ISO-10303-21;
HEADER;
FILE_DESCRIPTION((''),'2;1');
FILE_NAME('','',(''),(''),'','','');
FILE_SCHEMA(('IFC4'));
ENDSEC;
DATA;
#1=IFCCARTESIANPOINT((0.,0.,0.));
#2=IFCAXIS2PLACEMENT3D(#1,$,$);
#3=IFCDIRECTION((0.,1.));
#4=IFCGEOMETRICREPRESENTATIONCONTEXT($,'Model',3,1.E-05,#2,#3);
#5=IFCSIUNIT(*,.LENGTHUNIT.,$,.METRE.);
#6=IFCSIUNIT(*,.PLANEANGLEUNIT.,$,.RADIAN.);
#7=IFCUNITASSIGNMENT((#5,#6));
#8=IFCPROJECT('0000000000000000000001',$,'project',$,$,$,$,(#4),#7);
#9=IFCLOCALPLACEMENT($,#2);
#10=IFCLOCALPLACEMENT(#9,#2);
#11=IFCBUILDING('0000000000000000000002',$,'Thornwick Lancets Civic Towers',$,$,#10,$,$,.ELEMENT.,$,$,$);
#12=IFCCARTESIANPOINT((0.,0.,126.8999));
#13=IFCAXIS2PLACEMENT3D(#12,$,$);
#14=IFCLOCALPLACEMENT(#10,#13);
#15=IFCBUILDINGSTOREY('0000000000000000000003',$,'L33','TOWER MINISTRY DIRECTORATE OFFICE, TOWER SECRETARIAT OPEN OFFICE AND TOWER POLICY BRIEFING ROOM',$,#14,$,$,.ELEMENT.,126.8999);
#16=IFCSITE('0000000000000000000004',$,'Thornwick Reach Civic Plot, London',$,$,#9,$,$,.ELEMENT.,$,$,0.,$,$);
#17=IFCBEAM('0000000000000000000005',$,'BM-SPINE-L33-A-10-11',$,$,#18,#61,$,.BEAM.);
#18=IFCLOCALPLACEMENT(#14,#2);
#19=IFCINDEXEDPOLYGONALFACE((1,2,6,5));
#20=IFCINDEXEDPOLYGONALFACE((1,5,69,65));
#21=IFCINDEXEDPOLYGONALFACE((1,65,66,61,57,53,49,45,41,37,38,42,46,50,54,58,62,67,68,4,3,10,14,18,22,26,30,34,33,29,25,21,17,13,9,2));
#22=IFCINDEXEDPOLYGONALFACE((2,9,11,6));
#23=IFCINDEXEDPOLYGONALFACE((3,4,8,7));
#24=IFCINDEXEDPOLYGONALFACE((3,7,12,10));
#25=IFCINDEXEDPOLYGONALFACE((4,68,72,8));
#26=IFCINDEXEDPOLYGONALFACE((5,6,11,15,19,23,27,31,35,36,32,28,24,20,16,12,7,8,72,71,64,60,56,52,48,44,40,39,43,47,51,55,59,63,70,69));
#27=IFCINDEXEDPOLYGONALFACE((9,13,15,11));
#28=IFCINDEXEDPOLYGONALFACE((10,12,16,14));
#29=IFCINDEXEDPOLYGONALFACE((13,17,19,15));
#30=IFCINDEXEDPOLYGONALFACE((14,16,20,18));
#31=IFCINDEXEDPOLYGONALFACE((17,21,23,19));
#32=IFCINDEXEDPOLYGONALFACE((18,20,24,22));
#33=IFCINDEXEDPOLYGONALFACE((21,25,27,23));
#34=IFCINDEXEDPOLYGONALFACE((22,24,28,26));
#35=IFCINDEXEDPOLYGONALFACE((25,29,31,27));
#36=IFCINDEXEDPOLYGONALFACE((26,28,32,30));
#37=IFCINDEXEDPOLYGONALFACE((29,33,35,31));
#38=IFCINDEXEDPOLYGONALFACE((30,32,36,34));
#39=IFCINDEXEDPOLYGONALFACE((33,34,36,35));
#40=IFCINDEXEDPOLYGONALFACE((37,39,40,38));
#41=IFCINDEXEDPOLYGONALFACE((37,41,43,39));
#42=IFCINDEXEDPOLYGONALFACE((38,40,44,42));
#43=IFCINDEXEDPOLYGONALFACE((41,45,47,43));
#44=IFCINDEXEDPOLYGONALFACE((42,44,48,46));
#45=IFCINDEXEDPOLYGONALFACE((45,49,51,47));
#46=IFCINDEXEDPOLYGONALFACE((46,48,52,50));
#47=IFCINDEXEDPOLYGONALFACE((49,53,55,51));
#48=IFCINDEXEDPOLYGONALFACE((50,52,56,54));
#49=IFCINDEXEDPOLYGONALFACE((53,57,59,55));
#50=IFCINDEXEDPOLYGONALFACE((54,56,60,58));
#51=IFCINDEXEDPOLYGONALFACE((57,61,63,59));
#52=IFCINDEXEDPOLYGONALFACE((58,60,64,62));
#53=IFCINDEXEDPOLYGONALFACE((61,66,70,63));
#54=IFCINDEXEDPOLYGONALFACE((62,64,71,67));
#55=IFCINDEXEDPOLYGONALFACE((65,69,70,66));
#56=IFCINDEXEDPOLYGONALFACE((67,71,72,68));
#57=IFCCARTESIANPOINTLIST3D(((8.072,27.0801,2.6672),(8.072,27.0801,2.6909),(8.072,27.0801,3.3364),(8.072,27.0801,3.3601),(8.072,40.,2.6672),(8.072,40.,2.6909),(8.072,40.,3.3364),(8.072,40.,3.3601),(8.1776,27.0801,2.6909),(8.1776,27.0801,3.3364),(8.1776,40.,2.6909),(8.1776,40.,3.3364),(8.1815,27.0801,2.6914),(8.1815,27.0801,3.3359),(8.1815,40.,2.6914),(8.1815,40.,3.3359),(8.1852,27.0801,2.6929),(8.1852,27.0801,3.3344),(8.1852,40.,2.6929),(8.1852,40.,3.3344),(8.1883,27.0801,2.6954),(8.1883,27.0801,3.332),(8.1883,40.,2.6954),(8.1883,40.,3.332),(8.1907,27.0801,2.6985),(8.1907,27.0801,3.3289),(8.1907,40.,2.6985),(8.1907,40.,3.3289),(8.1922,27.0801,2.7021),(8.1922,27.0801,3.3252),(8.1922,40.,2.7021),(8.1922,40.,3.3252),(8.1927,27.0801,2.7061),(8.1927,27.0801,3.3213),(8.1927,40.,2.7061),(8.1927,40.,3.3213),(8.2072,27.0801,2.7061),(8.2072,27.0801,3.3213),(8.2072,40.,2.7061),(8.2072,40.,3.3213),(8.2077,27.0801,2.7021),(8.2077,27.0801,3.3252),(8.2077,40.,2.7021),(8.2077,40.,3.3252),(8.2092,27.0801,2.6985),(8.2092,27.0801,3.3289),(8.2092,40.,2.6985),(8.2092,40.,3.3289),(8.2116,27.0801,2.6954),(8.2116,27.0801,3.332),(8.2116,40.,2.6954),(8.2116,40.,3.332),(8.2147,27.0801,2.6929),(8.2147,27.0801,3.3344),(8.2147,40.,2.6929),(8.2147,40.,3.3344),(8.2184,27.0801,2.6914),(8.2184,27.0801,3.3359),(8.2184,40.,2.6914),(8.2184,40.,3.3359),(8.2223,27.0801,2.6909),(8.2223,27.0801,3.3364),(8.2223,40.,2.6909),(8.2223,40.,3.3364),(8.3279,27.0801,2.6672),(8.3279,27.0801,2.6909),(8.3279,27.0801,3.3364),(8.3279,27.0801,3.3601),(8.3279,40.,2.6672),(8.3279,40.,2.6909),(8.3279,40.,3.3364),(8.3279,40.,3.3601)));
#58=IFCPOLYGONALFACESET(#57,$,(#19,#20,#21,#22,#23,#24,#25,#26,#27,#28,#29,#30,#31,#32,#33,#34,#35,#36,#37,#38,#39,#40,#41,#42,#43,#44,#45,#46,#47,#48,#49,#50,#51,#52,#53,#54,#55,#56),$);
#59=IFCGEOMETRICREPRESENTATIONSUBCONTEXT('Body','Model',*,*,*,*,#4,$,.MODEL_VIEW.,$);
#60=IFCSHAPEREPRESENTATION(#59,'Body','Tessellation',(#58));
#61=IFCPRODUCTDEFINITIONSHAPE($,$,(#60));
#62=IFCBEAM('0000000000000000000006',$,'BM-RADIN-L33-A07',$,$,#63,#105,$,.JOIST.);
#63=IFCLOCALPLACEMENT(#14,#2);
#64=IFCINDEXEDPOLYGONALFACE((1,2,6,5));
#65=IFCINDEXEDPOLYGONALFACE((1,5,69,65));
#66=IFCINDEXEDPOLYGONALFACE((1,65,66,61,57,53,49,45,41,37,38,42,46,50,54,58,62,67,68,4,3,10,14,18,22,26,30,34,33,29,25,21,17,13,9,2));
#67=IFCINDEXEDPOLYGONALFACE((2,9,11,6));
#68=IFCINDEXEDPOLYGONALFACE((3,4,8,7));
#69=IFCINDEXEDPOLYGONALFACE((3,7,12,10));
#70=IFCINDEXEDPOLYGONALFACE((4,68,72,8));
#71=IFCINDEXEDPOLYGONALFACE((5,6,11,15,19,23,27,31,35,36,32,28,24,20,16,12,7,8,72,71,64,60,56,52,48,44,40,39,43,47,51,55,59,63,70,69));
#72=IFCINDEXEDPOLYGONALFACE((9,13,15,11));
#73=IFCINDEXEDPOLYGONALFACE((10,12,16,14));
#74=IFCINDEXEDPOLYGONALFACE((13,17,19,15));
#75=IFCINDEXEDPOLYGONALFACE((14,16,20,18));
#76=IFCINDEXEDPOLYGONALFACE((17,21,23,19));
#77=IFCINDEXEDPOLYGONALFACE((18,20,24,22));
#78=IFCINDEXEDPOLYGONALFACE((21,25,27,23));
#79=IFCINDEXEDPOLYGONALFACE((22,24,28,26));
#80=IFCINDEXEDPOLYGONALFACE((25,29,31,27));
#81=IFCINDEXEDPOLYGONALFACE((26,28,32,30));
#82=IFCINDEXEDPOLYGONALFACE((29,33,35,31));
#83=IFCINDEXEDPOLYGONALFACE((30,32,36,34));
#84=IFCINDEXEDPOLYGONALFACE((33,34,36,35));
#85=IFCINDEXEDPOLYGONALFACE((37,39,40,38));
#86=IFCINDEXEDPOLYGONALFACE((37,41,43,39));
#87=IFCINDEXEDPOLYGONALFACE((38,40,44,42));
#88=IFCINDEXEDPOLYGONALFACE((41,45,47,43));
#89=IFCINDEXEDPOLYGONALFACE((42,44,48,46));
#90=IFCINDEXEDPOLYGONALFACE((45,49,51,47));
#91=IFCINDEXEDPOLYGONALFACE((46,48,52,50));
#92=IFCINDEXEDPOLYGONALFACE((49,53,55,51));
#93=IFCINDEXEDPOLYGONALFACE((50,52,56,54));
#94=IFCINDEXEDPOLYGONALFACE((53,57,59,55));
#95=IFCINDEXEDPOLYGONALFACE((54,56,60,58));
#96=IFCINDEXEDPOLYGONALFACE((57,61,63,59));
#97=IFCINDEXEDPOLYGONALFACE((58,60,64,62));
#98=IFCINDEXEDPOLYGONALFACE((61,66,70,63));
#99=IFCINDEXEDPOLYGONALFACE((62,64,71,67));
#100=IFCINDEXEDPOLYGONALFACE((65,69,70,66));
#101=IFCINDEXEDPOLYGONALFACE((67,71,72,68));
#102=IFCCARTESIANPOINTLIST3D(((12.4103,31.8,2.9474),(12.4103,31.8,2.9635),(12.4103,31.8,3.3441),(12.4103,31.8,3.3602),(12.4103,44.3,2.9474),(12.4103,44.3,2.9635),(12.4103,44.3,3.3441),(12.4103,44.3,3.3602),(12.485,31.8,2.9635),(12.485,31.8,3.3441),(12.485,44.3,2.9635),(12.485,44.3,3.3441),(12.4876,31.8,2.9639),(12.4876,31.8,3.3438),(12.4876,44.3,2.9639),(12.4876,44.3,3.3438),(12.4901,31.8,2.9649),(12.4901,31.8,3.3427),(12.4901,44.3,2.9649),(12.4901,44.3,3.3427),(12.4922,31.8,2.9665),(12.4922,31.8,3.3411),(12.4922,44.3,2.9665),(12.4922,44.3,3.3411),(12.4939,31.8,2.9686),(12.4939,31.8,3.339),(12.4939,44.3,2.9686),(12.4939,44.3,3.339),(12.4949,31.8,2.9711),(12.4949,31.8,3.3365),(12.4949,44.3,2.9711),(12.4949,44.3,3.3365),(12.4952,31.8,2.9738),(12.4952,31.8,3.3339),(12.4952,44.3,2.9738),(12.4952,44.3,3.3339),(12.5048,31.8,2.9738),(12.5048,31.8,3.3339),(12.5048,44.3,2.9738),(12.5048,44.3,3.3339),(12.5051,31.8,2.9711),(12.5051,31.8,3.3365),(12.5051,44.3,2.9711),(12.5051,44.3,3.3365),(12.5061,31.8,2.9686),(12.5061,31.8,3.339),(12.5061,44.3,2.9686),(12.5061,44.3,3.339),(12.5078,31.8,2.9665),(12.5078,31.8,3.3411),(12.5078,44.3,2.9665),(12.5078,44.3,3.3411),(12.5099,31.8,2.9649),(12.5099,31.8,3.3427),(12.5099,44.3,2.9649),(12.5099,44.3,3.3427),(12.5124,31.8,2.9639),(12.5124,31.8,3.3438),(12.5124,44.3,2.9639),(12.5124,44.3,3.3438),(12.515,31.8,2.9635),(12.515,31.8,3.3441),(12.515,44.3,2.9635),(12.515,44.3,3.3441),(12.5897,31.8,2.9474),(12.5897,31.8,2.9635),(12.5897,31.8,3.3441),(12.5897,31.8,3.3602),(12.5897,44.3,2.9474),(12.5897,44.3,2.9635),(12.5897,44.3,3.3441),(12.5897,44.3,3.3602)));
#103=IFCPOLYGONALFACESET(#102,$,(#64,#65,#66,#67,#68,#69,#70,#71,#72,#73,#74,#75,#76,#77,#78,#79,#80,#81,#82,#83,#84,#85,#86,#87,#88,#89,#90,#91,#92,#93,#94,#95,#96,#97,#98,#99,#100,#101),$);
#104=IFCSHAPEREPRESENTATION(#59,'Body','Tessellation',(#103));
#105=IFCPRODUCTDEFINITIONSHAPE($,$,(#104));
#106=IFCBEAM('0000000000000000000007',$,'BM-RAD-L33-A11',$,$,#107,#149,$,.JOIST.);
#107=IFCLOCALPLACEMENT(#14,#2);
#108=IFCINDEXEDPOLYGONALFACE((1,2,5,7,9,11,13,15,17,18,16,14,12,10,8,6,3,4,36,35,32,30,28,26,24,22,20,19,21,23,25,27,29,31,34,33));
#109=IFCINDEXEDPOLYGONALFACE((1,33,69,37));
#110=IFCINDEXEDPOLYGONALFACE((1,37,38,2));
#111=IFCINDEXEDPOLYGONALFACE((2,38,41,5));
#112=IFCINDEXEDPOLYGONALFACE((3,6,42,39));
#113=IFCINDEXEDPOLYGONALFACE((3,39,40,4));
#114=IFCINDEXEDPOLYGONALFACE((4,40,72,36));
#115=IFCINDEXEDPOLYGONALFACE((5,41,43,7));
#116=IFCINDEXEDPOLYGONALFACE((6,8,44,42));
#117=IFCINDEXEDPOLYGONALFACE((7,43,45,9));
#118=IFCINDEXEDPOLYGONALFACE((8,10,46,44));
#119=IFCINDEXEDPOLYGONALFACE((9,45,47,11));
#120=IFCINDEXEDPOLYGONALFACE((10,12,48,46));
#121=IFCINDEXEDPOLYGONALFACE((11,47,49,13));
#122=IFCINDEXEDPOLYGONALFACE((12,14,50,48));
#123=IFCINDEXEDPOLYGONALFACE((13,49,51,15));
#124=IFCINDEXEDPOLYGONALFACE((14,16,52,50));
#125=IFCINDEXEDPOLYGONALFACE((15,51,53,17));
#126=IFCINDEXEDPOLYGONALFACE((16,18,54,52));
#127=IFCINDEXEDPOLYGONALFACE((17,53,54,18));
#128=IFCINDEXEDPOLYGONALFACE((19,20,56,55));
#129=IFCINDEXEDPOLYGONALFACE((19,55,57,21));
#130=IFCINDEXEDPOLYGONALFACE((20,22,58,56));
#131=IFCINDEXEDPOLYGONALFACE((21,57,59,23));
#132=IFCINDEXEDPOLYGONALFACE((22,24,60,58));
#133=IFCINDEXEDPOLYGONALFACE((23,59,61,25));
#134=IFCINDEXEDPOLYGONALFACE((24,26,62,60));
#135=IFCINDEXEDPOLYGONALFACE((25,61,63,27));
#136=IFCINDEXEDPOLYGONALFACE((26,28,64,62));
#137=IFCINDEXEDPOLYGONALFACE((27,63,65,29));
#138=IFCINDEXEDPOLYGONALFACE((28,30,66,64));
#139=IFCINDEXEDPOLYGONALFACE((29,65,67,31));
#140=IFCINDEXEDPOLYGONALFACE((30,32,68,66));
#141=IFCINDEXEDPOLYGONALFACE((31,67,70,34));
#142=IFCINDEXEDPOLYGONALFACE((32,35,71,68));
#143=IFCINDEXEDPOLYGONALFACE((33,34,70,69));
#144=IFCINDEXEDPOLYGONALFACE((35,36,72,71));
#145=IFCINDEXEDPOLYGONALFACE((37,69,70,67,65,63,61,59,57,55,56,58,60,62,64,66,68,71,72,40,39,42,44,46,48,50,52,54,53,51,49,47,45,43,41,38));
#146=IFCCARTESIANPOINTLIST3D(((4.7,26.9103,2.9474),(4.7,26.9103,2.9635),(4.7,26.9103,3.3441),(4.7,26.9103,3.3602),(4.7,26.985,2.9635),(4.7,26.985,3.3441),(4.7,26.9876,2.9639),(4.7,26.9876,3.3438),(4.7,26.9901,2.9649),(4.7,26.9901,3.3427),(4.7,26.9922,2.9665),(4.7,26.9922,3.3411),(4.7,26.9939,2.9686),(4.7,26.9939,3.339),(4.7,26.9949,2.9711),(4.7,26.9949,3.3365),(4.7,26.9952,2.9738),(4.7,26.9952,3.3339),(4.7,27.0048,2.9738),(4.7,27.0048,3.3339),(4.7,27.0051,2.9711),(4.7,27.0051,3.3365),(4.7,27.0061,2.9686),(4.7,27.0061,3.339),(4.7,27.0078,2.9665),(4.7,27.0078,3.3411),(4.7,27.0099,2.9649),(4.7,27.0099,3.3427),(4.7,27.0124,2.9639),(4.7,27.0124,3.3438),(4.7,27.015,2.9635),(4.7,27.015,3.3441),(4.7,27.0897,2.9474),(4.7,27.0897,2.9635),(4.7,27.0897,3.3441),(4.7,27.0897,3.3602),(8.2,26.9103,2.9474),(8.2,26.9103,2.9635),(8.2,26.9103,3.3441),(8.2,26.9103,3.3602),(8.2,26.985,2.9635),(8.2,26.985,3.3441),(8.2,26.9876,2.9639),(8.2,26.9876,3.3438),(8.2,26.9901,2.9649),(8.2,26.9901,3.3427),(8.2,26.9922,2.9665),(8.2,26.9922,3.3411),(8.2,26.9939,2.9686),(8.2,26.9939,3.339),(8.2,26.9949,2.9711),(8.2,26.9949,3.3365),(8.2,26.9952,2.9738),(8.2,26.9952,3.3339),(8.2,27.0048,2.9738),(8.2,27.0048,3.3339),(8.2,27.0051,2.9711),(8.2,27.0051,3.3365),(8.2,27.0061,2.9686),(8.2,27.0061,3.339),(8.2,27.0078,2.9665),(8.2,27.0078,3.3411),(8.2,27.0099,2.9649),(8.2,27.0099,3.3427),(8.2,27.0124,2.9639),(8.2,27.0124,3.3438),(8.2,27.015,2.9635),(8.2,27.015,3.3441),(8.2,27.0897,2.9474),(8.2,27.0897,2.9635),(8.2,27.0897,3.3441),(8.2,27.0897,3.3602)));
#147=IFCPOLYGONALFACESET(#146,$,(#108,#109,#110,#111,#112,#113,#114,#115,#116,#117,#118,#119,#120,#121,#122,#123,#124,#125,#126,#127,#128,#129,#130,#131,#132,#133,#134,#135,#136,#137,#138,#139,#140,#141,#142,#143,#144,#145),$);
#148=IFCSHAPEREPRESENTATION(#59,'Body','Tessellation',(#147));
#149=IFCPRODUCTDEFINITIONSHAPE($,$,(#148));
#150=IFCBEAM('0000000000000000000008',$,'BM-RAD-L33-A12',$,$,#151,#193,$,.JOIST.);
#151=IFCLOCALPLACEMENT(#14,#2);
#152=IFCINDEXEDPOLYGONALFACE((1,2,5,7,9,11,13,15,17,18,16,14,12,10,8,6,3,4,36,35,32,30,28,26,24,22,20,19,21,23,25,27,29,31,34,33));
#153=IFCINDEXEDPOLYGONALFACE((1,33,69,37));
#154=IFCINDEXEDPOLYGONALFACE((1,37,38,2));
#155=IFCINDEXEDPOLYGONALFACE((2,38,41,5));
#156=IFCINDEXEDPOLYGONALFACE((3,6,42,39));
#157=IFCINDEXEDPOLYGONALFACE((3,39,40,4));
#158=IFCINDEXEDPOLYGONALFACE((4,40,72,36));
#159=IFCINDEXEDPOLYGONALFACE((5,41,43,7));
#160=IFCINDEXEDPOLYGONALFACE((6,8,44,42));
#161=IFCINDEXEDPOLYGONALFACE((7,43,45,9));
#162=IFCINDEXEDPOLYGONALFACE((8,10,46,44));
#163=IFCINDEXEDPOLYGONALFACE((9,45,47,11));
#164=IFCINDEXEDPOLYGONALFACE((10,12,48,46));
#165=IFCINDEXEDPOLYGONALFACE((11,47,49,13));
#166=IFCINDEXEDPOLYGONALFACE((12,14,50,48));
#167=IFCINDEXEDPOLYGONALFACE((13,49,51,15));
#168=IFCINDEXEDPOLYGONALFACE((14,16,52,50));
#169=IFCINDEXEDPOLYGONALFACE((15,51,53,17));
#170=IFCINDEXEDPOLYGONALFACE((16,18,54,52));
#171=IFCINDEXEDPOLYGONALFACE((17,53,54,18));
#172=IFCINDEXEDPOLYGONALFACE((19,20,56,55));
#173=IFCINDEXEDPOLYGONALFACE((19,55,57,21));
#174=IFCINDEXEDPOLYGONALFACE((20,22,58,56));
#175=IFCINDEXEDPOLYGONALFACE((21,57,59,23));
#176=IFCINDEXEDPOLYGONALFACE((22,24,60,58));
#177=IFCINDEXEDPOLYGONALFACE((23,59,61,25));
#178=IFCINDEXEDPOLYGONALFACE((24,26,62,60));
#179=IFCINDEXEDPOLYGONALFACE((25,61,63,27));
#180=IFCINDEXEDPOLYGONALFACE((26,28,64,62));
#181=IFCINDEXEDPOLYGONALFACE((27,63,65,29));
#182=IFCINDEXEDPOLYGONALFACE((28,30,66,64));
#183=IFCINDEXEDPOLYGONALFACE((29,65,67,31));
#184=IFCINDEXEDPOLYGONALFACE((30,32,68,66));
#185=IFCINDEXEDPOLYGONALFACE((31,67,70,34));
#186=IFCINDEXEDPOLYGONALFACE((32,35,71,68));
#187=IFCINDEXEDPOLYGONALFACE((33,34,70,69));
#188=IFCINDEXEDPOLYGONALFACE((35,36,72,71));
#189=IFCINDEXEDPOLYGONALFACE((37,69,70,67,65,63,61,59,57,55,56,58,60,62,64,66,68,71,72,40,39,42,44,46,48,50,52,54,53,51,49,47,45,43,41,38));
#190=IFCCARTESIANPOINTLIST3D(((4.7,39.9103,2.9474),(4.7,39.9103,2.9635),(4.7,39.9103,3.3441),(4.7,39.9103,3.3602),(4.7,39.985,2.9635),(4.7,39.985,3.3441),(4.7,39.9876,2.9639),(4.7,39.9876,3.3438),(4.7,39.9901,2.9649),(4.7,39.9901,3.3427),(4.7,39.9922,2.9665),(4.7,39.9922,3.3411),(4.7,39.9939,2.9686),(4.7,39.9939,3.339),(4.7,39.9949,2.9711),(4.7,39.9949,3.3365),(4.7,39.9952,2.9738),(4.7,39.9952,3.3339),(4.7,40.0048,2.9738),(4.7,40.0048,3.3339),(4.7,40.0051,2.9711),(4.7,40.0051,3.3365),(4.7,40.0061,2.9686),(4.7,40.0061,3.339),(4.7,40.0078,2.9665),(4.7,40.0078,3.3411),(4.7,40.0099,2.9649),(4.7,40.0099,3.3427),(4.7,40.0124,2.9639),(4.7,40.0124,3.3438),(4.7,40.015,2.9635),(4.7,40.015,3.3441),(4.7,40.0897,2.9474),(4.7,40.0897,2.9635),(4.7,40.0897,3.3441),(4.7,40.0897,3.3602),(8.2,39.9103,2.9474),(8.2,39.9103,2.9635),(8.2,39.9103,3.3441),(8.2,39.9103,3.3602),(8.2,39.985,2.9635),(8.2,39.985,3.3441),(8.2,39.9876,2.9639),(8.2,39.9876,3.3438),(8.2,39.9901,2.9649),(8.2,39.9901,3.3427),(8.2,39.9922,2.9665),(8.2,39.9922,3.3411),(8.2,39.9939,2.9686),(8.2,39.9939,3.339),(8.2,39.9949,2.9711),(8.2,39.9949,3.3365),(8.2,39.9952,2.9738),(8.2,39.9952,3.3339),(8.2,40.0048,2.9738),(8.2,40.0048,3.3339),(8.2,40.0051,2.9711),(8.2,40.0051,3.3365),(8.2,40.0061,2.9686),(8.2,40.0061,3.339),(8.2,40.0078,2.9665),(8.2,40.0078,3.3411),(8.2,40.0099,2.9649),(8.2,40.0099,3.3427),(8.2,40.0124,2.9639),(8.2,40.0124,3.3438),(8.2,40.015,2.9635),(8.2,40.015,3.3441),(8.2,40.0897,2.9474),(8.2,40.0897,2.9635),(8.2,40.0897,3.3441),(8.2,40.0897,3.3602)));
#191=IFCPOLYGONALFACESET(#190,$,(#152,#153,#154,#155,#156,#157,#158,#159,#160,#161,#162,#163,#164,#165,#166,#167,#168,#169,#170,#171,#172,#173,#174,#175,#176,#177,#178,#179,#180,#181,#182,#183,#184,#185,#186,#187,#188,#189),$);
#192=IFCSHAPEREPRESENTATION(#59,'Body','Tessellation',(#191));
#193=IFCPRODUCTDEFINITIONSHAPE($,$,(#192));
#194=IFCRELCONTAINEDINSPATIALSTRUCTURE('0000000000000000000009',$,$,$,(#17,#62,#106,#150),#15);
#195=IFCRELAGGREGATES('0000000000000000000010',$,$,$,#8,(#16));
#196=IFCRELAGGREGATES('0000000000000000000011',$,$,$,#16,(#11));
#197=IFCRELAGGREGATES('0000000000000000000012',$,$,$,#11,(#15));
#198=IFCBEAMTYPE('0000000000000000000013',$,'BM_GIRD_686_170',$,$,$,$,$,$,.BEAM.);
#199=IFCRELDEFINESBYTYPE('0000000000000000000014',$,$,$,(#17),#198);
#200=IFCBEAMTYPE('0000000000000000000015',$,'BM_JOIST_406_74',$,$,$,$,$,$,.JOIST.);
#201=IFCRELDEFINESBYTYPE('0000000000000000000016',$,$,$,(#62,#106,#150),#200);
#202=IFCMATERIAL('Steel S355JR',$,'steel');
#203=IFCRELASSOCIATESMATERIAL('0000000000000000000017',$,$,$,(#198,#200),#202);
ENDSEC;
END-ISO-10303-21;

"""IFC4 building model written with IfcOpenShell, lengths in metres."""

from ifc_helpers import new_model, si_unit, direction, frame, origin, origin_2d, place, context, subcontext, project, spatial, i_section, extrude, material, material_profile, profile_set, type_object, element, save


model = new_model("IFC4")

# Units and contexts
model_context = context("Model", 3, precision=1e-05, world=origin(), true_north=direction((0.0, 1.0)))
body_context = subcontext(model_context, "Body", "Model", "MODEL_VIEW")
ifc_project = project(units=[si_unit("LENGTHUNIT", "METRE"), si_unit("PLANEANGLEUNIT", "RADIAN")], contexts=[model_context])

# Site, building, storey
site_placement = place(None, origin())
site = spatial("IfcSite", under=ifc_project, at=site_placement, Name="Thornwick Reach Civic Plot, London", CompositionType="ELEMENT", RefElevation=0.0)
building_placement = place(site_placement, origin())
building = spatial("IfcBuilding", under=site, at=building_placement, Name="Thornwick Lancets Civic Towers", CompositionType="ELEMENT")
storey_placement = place(building_placement, frame((0.0, 0.0, 126.8999)))
storey = spatial("IfcBuildingStorey", under=building, at=storey_placement, Name="L33", Description="TOWER MINISTRY DIRECTORATE OFFICE, TOWER SECRETARIAT OPEN OFFICE AND TOWER POLICY BRIEFING ROOM", CompositionType="ELEMENT", Elevation=126.8999)

# Beams
ifc_material_1 = material(Name="Steel S355JR", Category="steel")
ifc_material_profile_1 = material_profile(ifc_material_1, i_section(OverallWidth=0.2559, OverallDepth=0.6929, WebThickness=0.0144, FlangeThickness=0.0237, FilletRadius=0.0151, at=origin_2d()), Name="UKB 686x254x170")
ifc_profile_set_1 = profile_set([ifc_material_profile_1], Name="Steel S355JR")
beam_type_1 = type_object("IfcBeamType", Name="BM_GIRD_686_170", PredefinedType="BEAM", material=ifc_profile_set_1)
beam_1_placement = place(storey_placement, frame((8.2, 27.0801, 3.0137), z_axis=(0.0, 1.0, 0.0), x_axis=(-1.0, 0.0, 0.0)))
element("IfcBeam", 1, at=beam_1_placement, inside=storey, type_object=beam_type_1, Name="BM-SPINE-L33-A-10-11", PredefinedType="BEAM", context=body_context, shape_type="SweptSolid", body=[
    extrude(i_section(OverallWidth=0.2559, OverallDepth=0.6929, WebThickness=0.0144, FlangeThickness=0.0237, FilletRadius=0.0151, at=origin_2d()), origin(), (0.0, 0.0, 1.0), 12.9199),
])
ifc_material_profile_2 = material_profile(ifc_material_1, i_section(OverallWidth=0.1794, OverallDepth=0.4128, WebThickness=0.0095, FlangeThickness=0.0161, FilletRadius=0.0103, at=origin_2d()), Name="UKB 406x178x74")
ifc_profile_set_2 = profile_set([ifc_material_profile_2], Name="Steel S355JR")
beam_type_2 = type_object("IfcBeamType", Name="BM_JOIST_406_74", PredefinedType="JOIST", material=ifc_profile_set_2)
beam_2_placement = place(storey_placement, frame((12.5, 31.8, 3.1538), z_axis=(0.0, 1.0, 0.0), x_axis=(-1.0, 0.0, 0.0)))
element("IfcBeam", 2, at=beam_2_placement, inside=storey, type_object=beam_type_2, Name="BM-RADIN-L33-A07", PredefinedType="JOIST", context=body_context, shape_type="SweptSolid", body=[
    extrude(i_section(OverallWidth=0.1794, OverallDepth=0.4128, WebThickness=0.0095, FlangeThickness=0.0161, FilletRadius=0.0103, at=origin_2d()), origin(), (0.0, 0.0, 1.0), 12.5),
])
for number, where, z_axis, x_axis, name in (
    (3, (8.2, 27.0, 3.1538), (-1.0, 0.0, 0.0), (0.0, -1.0, 0.0), "BM-RAD-L33-A11"),
    (4, (8.2, 40.0, 3.1538), (-1.0, 0.0, 0.0), (0.0, -1.0, 0.0), "BM-RAD-L33-A12"),
):
    element("IfcBeam", number, at=place(storey_placement, frame(where, z_axis=z_axis, x_axis=x_axis)), inside=storey, type_object=beam_type_2, Name=name, PredefinedType="JOIST", context=body_context, shape_type="SweptSolid", body=[
        extrude(i_section(OverallWidth=0.1794, OverallDepth=0.4128, WebThickness=0.0095, FlangeThickness=0.0161, FilletRadius=0.0103, at=origin_2d()), origin(), (0.0, 0.0, 1.0), 3.5),
    ])

save(model, "model.ifc")
